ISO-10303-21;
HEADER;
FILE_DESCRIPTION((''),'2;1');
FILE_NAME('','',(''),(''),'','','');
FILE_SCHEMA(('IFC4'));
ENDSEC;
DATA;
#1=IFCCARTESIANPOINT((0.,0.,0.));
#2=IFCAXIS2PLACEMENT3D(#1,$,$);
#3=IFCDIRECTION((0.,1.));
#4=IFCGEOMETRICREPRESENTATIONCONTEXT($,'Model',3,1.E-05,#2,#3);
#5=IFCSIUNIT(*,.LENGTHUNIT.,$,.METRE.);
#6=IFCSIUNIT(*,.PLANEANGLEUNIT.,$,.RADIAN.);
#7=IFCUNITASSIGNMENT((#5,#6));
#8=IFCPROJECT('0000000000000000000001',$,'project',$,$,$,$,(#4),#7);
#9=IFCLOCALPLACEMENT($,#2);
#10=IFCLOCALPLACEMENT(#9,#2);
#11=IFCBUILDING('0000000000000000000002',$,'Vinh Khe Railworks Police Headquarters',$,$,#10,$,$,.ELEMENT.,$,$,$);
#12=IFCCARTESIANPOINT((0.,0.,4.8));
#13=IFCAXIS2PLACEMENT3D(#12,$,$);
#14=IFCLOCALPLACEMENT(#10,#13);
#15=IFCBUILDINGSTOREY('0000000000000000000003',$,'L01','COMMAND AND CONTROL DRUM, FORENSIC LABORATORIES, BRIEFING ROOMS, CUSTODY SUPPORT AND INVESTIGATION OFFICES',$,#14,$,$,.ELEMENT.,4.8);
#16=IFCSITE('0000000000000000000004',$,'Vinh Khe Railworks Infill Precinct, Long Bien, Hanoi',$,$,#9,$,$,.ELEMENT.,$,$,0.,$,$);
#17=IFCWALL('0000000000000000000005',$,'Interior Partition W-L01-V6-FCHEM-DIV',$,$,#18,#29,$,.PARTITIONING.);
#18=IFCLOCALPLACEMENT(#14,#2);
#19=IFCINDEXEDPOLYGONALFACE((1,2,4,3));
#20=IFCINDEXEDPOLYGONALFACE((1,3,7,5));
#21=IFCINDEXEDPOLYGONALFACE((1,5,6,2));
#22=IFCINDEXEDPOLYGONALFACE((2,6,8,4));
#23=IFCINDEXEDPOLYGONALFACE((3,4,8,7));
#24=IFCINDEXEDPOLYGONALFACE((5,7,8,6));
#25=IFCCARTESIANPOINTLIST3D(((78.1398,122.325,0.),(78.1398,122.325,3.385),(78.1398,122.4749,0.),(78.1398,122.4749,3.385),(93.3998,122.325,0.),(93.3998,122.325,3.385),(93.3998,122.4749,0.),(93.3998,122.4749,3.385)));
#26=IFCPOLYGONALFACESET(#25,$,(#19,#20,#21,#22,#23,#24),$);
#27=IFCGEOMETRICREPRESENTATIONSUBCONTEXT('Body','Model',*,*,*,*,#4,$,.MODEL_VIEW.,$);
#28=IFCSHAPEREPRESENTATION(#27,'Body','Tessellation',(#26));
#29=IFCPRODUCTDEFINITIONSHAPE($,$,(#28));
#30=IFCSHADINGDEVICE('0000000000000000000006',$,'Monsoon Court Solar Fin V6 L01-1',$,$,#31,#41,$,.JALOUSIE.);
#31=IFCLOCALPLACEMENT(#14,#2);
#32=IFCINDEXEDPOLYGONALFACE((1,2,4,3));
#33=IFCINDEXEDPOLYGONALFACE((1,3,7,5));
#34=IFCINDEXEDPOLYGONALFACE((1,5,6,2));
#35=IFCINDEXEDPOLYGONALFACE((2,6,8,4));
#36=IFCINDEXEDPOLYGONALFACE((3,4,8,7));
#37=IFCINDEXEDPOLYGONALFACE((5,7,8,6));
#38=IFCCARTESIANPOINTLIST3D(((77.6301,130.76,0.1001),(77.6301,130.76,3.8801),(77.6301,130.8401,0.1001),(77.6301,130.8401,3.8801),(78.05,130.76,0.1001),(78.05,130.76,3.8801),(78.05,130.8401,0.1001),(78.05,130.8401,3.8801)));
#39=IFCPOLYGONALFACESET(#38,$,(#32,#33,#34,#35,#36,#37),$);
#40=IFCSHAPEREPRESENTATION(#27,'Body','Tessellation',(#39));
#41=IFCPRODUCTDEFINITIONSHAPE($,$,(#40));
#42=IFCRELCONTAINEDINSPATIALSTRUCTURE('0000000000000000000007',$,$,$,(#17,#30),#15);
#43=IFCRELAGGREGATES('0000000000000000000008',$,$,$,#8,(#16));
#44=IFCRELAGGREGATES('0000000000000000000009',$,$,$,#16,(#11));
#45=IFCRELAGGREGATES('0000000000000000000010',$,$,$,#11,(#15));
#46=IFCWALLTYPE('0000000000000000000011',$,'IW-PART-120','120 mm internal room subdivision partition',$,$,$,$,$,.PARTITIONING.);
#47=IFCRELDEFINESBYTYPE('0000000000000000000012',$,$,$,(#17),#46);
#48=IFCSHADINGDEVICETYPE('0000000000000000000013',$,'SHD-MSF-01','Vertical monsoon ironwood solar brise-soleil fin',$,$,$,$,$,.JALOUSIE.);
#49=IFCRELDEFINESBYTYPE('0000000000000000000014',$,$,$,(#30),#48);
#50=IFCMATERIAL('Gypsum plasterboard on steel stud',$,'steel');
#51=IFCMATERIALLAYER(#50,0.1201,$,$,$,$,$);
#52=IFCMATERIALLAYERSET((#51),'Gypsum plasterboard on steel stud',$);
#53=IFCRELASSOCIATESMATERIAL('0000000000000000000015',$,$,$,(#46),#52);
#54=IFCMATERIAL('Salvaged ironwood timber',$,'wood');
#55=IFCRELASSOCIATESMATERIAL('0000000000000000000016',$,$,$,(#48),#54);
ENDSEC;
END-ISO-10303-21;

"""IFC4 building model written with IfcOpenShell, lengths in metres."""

from ifc_helpers import new_model, si_unit, direction, frame, frame_2d, origin, origin_2d, place, context, subcontext, project, spatial, rectangle, extrude, material, layer, layer_set, type_object, element, save


model = new_model("IFC4")

# Units and contexts
model_context = context("Model", 3, precision=1e-05, world=origin(), true_north=direction((0.0, 1.0)))
body_context = subcontext(model_context, "Body", "Model", "MODEL_VIEW")
ifc_project = project(units=[si_unit("LENGTHUNIT", "METRE"), si_unit("PLANEANGLEUNIT", "RADIAN")], contexts=[model_context])

# Site, building, storey
site_placement = place(None, origin())
site = spatial("IfcSite", under=ifc_project, at=site_placement, Name="Vinh Khe Railworks Infill Precinct, Long Bien, Hanoi", CompositionType="ELEMENT", RefElevation=0.0)
building_placement = place(site_placement, origin())
building = spatial("IfcBuilding", under=site, at=building_placement, Name="Vinh Khe Railworks Police Headquarters", CompositionType="ELEMENT")
storey_placement = place(building_placement, frame((0.0, 0.0, 4.8)))
storey = spatial("IfcBuildingStorey", under=building, at=storey_placement, Name="L01", Description="COMMAND AND CONTROL DRUM, FORENSIC LABORATORIES, BRIEFING ROOMS, CUSTODY SUPPORT AND INVESTIGATION OFFICES", CompositionType="ELEMENT", Elevation=4.8)

# Shared definitions
ifc_material_1 = material(Name="Gypsum plasterboard on steel stud", Category="steel")
ifc_layer_1 = layer(ifc_material_1, 0.1201)
ifc_layer_set_1 = layer_set([ifc_layer_1], Name="Gypsum plasterboard on steel stud")
wall_type_1 = type_object("IfcWallType", Name="IW-PART-120", Description="120 mm internal room subdivision partition", PredefinedType="PARTITIONING", material=ifc_layer_set_1)

# Wall
wall_1_placement = place(storey_placement, frame((78.1399, 122.3999, 0.0), z_axis=(0.0, 0.0, 1.0), x_axis=(1.0, 0.0, 0.0)))
element("IfcWall", 1, at=wall_1_placement, inside=storey, type_object=wall_type_1, Name="Interior Partition W-L01-V6-FCHEM-DIV", PredefinedType="PARTITIONING", context=body_context, shape_type="SweptSolid", body=[
    extrude(rectangle(XDim=15.26, YDim=0.1499, at=frame_2d((7.6299, 0.0))), origin(), (0.0, 0.0, 1.0), 3.385),
])

# Shading device
ifc_material_2 = material(Name="Salvaged ironwood timber", Category="wood")
shading_device_type = type_object("IfcShadingDeviceType", Name="SHD-MSF-01", Description="Vertical monsoon ironwood solar brise-soleil fin", PredefinedType="JALOUSIE", material=ifc_material_2)
shading_device_placement = place(storey_placement, frame((77.8401, 130.8, 0.1001), z_axis=(0.0, 0.0, 1.0), x_axis=(1.0, 0.0, 0.0)))
element("IfcShadingDevice", 2, at=shading_device_placement, inside=storey, type_object=shading_device_type, Name="Monsoon Court Solar Fin V6 L01-1", PredefinedType="JALOUSIE", context=body_context, shape_type="SweptSolid", body=[
    extrude(rectangle(XDim=0.4199, YDim=0.0801, at=origin_2d()), origin(), (0.0, 0.0, 1.0), 3.78),
])

save(model, "model.ifc")
